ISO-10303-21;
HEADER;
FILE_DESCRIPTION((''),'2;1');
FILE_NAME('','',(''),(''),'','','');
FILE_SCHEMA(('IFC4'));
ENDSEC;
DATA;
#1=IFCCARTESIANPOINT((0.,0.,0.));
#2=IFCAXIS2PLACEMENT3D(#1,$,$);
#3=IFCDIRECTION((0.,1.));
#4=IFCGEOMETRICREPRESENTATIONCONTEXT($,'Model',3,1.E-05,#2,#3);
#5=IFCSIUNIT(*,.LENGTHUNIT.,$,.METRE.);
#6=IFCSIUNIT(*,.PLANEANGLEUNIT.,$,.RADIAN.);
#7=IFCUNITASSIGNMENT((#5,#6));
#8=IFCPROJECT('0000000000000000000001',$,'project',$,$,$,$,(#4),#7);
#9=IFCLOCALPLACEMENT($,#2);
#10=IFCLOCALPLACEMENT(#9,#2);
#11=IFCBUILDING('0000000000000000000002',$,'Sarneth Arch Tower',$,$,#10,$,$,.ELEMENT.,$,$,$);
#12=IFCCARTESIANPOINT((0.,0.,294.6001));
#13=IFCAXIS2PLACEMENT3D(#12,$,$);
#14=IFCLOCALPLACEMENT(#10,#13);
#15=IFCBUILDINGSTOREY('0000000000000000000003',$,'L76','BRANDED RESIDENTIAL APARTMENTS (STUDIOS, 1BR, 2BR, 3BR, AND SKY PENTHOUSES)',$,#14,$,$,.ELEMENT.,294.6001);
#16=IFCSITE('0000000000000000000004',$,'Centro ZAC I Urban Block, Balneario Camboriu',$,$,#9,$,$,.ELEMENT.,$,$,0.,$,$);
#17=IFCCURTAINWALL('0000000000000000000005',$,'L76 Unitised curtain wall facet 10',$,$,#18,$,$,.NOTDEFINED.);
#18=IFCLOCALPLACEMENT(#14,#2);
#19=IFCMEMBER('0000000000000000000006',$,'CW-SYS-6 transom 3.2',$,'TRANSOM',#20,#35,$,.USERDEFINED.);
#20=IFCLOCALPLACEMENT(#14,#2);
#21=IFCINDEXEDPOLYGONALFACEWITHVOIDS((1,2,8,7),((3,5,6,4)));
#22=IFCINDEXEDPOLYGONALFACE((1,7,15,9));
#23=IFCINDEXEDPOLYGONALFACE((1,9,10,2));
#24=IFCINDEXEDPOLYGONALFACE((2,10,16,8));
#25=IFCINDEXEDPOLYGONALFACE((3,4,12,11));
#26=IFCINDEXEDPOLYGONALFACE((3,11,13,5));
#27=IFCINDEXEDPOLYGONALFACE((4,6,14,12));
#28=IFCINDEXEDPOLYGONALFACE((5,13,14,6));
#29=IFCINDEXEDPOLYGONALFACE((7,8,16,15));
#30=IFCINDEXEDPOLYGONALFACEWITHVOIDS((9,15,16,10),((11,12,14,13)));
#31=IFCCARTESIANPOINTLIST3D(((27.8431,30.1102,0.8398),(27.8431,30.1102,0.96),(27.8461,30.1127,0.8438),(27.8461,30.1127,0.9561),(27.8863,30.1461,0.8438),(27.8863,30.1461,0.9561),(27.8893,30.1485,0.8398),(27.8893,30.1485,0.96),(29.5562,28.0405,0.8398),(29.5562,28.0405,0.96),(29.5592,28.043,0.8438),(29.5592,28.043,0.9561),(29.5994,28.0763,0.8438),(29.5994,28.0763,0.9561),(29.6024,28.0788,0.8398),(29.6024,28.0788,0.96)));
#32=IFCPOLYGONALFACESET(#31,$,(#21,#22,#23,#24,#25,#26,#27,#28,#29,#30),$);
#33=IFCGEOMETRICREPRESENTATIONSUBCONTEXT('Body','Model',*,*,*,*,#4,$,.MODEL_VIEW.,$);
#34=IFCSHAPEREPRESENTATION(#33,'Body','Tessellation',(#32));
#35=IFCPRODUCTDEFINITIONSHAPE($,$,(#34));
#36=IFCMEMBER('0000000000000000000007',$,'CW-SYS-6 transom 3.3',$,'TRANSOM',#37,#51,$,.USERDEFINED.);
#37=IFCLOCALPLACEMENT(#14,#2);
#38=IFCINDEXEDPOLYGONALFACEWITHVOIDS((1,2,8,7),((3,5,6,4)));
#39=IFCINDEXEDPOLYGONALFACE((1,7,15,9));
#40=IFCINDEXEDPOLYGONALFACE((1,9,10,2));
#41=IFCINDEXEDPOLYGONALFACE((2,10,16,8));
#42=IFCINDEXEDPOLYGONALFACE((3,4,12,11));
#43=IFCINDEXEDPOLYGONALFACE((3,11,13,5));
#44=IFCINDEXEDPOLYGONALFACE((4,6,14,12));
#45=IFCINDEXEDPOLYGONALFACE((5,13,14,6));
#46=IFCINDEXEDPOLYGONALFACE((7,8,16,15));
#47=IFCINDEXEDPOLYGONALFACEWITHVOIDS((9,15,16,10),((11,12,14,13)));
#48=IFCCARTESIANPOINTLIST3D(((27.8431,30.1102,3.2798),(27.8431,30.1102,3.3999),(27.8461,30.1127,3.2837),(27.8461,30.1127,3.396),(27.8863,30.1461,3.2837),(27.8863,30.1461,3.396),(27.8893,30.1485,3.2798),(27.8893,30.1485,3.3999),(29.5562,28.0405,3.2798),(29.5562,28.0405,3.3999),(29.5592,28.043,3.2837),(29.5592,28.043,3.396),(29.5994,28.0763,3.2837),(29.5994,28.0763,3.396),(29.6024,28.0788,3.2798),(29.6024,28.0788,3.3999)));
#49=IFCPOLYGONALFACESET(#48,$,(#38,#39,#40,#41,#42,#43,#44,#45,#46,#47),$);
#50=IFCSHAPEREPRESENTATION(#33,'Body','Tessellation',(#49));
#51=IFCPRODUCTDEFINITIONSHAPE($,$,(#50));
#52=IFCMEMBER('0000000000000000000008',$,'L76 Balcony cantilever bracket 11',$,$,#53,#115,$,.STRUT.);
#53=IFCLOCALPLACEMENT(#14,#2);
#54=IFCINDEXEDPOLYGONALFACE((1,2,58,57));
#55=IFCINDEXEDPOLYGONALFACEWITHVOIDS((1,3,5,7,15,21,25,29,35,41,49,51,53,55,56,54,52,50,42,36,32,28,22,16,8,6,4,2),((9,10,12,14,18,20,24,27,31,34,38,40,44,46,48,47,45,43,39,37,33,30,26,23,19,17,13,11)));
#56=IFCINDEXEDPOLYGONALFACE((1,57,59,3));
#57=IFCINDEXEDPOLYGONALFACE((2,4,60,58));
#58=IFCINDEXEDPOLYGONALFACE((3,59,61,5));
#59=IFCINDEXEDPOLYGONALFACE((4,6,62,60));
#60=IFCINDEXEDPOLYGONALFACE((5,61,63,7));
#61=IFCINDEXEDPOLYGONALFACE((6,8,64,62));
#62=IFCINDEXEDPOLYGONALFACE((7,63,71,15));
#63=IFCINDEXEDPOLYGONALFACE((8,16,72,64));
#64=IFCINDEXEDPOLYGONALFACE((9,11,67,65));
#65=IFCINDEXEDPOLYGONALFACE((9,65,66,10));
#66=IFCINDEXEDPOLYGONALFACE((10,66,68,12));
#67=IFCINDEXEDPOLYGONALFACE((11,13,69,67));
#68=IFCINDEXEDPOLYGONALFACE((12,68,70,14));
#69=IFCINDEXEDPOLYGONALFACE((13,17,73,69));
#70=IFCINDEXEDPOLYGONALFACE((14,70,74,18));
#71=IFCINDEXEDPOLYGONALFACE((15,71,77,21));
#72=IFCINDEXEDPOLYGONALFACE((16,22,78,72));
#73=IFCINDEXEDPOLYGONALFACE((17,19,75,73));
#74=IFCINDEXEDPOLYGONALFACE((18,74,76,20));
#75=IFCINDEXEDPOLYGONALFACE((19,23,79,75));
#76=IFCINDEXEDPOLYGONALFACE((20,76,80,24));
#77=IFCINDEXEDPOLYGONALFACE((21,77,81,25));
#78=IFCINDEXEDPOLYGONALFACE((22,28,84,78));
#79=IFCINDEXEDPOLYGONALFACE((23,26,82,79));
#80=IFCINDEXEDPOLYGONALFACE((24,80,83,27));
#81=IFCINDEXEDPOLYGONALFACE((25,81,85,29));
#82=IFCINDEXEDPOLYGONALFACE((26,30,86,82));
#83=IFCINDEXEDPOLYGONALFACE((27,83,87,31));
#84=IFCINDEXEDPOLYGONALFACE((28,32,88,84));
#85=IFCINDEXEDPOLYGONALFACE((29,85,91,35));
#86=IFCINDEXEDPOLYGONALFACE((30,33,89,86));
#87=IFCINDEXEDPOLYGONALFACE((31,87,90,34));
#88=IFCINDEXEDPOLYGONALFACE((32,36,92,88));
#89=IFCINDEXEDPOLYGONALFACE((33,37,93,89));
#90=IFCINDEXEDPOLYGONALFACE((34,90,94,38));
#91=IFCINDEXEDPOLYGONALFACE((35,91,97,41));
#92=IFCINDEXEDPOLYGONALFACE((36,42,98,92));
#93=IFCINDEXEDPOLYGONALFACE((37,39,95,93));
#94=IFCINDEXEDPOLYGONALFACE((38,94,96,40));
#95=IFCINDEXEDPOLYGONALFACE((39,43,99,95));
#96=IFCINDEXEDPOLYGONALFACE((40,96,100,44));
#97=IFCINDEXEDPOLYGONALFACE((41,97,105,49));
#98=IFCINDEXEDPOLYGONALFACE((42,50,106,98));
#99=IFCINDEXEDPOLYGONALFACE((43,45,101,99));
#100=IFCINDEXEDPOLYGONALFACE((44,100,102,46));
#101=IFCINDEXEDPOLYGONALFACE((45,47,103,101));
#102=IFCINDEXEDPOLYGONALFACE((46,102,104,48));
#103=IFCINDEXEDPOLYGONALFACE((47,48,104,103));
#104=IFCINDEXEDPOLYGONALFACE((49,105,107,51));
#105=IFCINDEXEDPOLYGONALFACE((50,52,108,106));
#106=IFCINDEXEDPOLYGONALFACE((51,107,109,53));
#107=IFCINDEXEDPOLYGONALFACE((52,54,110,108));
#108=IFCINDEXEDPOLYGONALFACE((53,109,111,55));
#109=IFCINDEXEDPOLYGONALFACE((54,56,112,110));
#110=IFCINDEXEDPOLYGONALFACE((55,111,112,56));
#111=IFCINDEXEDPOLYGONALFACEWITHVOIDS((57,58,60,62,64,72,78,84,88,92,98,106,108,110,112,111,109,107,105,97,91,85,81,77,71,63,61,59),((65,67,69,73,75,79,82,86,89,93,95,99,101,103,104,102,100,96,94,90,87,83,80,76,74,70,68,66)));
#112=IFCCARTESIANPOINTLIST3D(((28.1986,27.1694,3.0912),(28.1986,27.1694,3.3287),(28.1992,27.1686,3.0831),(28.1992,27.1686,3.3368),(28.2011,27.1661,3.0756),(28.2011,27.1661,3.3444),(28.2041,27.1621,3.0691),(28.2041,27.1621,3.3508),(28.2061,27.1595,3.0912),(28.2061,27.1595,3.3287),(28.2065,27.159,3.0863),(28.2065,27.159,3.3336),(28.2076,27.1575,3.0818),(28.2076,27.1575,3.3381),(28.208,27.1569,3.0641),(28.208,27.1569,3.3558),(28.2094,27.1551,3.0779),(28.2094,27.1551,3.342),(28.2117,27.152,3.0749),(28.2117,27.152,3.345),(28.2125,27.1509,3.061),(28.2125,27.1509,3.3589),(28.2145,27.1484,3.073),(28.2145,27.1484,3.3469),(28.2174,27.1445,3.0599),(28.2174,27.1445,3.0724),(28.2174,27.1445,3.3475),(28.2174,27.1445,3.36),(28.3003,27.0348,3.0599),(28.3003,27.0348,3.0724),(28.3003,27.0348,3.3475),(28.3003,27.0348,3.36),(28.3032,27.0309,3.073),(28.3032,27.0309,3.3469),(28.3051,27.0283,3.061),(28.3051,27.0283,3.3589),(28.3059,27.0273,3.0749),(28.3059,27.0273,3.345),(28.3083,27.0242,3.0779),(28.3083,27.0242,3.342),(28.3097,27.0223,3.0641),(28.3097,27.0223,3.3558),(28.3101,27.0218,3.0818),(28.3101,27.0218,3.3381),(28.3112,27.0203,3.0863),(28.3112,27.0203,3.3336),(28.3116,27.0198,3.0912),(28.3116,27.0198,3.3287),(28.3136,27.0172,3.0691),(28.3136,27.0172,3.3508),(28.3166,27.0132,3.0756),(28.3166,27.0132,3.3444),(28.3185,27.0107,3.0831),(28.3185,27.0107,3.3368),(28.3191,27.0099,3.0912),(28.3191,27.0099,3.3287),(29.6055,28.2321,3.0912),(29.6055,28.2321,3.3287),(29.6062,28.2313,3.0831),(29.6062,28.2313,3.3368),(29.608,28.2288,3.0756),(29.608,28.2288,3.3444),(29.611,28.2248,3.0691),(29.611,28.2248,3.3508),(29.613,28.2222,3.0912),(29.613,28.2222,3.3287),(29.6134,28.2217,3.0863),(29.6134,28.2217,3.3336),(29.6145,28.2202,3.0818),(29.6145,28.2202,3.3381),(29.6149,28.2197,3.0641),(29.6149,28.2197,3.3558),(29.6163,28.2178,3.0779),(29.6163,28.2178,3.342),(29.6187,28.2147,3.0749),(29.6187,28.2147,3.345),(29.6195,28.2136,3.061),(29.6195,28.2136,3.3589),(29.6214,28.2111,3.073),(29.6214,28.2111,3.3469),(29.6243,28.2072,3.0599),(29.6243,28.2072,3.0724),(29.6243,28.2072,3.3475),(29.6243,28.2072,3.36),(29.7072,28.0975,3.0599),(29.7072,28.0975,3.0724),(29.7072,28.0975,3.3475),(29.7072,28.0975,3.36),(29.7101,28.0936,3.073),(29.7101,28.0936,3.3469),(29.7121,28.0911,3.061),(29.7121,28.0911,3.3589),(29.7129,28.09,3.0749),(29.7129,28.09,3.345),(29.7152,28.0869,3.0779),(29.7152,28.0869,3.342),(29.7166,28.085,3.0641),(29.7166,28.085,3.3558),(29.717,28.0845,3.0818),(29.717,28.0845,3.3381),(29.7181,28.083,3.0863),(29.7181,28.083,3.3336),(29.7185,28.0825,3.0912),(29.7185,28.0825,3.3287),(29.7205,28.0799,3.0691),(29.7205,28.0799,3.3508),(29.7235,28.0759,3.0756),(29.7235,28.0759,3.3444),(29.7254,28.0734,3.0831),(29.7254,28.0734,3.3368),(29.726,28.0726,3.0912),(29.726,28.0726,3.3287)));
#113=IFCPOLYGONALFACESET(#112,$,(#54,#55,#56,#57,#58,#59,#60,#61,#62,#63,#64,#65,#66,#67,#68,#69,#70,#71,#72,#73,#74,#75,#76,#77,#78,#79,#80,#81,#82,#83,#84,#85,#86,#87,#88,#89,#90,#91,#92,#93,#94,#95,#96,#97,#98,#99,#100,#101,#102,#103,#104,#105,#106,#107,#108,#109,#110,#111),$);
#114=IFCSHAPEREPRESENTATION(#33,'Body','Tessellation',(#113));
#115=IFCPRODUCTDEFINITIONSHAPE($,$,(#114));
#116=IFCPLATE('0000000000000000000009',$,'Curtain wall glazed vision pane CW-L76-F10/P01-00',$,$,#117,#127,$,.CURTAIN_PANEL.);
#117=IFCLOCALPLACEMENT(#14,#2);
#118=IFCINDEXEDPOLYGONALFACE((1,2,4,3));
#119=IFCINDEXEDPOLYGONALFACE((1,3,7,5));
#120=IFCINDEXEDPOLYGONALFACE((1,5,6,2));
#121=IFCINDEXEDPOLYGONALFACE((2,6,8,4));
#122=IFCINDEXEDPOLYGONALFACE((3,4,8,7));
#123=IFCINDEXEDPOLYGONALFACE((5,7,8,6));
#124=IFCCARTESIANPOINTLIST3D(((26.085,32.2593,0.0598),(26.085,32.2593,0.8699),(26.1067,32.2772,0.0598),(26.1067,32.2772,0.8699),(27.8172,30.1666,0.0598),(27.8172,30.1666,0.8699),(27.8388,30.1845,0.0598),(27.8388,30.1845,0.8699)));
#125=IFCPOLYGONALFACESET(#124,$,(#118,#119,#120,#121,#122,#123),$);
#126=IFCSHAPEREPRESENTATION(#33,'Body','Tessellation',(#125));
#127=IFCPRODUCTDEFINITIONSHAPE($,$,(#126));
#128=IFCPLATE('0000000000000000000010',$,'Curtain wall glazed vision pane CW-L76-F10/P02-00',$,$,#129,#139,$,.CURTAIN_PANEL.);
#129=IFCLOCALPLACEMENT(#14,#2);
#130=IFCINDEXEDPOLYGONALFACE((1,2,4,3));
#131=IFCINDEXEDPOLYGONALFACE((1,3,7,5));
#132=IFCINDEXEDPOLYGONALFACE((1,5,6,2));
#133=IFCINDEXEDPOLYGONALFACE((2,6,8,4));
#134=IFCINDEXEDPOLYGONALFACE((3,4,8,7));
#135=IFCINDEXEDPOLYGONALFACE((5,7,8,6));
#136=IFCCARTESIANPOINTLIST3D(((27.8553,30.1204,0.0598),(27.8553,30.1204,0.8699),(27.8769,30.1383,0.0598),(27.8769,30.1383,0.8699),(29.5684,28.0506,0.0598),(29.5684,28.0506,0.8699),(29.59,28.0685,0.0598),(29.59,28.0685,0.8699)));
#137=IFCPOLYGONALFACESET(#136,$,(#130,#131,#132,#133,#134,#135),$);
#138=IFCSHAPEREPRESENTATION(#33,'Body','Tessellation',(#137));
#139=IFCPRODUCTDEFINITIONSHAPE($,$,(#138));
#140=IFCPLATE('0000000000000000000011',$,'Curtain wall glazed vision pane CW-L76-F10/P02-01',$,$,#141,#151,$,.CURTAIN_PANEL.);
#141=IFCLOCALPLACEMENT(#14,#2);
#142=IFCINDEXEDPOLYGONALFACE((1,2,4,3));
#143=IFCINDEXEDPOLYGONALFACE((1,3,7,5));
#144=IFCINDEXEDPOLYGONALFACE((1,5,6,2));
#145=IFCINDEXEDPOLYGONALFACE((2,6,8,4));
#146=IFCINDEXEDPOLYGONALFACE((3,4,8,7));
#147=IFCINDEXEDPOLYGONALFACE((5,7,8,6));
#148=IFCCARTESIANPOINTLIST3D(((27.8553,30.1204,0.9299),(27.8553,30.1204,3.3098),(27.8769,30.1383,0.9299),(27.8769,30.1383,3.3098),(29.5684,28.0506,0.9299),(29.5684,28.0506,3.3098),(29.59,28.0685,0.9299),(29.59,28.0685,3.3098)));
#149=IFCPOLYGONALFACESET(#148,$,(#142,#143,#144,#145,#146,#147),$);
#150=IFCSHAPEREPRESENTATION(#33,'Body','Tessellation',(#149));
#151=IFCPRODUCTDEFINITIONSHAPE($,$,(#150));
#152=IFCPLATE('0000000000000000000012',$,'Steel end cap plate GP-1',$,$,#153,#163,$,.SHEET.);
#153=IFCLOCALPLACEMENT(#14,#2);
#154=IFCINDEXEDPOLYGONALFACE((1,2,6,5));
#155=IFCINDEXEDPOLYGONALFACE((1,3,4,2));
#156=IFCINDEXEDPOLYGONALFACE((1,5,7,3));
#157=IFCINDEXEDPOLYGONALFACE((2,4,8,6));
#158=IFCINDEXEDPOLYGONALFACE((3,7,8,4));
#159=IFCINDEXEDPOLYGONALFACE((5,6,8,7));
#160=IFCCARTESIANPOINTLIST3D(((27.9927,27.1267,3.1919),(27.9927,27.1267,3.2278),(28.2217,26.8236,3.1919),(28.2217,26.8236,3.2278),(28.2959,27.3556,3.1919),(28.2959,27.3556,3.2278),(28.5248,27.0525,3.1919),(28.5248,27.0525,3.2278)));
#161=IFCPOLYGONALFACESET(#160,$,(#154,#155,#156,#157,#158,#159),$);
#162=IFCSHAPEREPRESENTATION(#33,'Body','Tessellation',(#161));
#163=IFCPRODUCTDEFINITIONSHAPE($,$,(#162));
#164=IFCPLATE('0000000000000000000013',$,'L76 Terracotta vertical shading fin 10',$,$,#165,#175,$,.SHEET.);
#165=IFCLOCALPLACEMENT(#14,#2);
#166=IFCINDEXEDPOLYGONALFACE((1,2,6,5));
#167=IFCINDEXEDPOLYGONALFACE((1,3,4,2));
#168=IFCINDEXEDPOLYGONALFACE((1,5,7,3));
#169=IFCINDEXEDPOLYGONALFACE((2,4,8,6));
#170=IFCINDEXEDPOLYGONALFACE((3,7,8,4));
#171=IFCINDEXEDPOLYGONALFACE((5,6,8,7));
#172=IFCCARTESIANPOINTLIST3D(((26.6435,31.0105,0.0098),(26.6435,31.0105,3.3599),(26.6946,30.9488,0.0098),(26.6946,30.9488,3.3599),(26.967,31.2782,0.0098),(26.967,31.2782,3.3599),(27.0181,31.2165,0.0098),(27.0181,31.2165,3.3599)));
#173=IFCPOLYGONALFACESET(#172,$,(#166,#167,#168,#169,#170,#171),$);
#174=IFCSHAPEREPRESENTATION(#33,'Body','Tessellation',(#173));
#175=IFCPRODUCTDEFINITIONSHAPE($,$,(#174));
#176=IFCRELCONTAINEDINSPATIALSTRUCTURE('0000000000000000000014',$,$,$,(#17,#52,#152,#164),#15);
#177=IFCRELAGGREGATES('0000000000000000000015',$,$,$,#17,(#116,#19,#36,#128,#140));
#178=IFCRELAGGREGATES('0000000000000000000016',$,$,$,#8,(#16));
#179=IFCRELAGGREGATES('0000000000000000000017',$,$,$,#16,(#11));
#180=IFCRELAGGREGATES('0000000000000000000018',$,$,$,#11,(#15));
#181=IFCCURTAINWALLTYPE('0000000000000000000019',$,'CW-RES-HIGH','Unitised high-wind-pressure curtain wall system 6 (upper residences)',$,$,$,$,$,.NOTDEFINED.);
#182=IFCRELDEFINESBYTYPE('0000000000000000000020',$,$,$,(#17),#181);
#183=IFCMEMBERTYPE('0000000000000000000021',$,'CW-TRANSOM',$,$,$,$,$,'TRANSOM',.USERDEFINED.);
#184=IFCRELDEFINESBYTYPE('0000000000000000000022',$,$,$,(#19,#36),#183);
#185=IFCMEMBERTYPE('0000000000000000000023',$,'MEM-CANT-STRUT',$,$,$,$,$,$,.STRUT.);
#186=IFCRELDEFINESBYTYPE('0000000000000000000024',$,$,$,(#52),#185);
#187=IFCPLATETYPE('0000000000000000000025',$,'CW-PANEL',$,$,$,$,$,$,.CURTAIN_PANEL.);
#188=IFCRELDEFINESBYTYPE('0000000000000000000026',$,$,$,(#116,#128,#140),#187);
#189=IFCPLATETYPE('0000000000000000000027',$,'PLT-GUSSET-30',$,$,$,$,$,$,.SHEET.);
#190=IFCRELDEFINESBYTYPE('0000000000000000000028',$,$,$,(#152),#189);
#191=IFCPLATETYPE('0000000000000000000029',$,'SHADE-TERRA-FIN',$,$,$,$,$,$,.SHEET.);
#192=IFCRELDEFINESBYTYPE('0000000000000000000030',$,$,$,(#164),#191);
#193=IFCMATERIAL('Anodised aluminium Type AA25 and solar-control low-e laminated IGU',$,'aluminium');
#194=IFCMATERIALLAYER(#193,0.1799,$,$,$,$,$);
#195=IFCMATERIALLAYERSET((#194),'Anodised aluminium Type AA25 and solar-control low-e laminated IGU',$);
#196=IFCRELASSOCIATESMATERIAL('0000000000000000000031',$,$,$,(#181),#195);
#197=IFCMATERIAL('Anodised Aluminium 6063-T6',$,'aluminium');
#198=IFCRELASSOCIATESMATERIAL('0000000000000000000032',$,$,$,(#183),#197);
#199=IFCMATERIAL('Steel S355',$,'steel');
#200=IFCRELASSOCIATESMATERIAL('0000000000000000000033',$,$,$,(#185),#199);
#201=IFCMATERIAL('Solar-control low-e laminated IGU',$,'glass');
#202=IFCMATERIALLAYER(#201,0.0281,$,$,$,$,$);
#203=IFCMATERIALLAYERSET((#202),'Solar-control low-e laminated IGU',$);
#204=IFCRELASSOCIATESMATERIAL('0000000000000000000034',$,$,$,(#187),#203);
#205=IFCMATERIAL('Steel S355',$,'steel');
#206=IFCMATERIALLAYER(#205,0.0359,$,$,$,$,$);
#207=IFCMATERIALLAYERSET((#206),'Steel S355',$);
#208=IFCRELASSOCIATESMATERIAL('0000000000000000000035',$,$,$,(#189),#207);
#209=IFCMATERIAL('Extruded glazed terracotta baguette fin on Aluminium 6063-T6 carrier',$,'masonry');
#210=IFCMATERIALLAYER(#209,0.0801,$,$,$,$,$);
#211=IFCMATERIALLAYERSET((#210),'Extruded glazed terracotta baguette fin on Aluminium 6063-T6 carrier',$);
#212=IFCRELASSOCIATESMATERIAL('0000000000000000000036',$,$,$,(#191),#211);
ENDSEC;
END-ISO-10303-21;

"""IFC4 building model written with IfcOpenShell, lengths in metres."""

from ifc_helpers import new_model, si_unit, direction, frame, origin, origin_2d, place, context, subcontext, project, spatial, rectangle, hollow_rectangle, extrude, material, layer, layer_set, material_profile, profile_set, type_object, element, aggregate, save


model = new_model("IFC4")

# Units and contexts
model_context = context("Model", 3, precision=1e-05, world=origin(), true_north=direction((0.0, 1.0)))
body_context = subcontext(model_context, "Body", "Model", "MODEL_VIEW")
ifc_project = project(units=[si_unit("LENGTHUNIT", "METRE"), si_unit("PLANEANGLEUNIT", "RADIAN")], contexts=[model_context])

# Site, building, storey
site_placement = place(None, origin())
site = spatial("IfcSite", under=ifc_project, at=site_placement, Name="Centro ZAC I Urban Block, Balneario Camboriu", CompositionType="ELEMENT", RefElevation=0.0)
building_placement = place(site_placement, origin())
building = spatial("IfcBuilding", under=site, at=building_placement, Name="Sarneth Arch Tower", CompositionType="ELEMENT")
storey_placement = place(building_placement, frame((0.0, 0.0, 294.6001)))
storey = spatial("IfcBuildingStorey", under=building, at=storey_placement, Name="L76", Description="BRANDED RESIDENTIAL APARTMENTS (STUDIOS, 1BR, 2BR, 3BR, AND SKY PENTHOUSES)", CompositionType="ELEMENT", Elevation=294.6001)

# Curtain wall, members
ifc_material_1 = material(Name="Anodised aluminium Type AA25 and solar-control low-e laminated IGU", Category="aluminium")
ifc_layer_1 = layer(ifc_material_1, 0.1799)
ifc_layer_set_1 = layer_set([ifc_layer_1], Name="Anodised aluminium Type AA25 and solar-control low-e laminated IGU")
curtain_wall_type = type_object("IfcCurtainWallType", Name="CW-RES-HIGH", Description="Unitised high-wind-pressure curtain wall system 6 (upper residences)", PredefinedType="NOTDEFINED", material=ifc_layer_set_1)
curtain_wall_placement = place(storey_placement, origin())
curtain_wall = element("IfcCurtainWall", 1, at=curtain_wall_placement, inside=storey, type_object=curtain_wall_type, Name="L76 Unitised curtain wall facet 10", PredefinedType="NOTDEFINED")
ifc_material_2 = material(Name="Anodised Aluminium 6063-T6", Category="aluminium")
ifc_material_profile_1 = material_profile(ifc_material_2, hollow_rectangle(XDim=0.0601, YDim=0.1201, WallThickness=0.0039, at=origin_2d()), Name="AL-TRAN-120x60x4")
ifc_profile_set_1 = profile_set([ifc_material_profile_1], Name="Anodised Aluminium 6063-T6")
member_type_1 = type_object("IfcMemberType", Name="CW-TRANSOM", ElementType="TRANSOM", PredefinedType="USERDEFINED", material=ifc_profile_set_1)
member_1_placement = place(storey_placement, frame((27.8662, 30.1294, 0.8999), z_axis=(0.637607, -0.770362, 0.0), x_axis=(0.770362, 0.637607, 0.0)))
member_1 = element("IfcMember", 2, at=member_1_placement, type_object=member_type_1, Name="CW-SYS-6 transom 3.2", ObjectType="TRANSOM", PredefinedType="USERDEFINED", context=body_context, shape_type="SweptSolid", body=[
    extrude(hollow_rectangle(XDim=0.0601, YDim=0.1201, WallThickness=0.0039, at=origin_2d()), origin(), (0.0, 0.0, 1.0), 2.6868),
])
member_2_placement = place(storey_placement, frame((27.8662, 30.1294, 3.3398), z_axis=(0.637607, -0.770362, 0.0), x_axis=(0.770362, 0.637607, 0.0)))
member_2 = element("IfcMember", 3, at=member_2_placement, type_object=member_type_1, Name="CW-SYS-6 transom 3.3", ObjectType="TRANSOM", PredefinedType="USERDEFINED", context=body_context, shape_type="SweptSolid", body=[
    extrude(hollow_rectangle(XDim=0.0601, YDim=0.1201, WallThickness=0.0039, at=origin_2d()), origin(), (0.0, 0.0, 1.0), 2.6868),
])

# Member
ifc_material_3 = material(Name="Steel S355", Category="steel")
ifc_material_profile_2 = material_profile(ifc_material_3, hollow_rectangle(XDim=0.2, YDim=0.3, WallThickness=0.0125, InnerFilletRadius=0.0188, OuterFilletRadius=0.0312, at=origin_2d()), Name="RHS300x200x12.5")
ifc_profile_set_2 = profile_set([ifc_material_profile_2], Name="Steel S355")
member_type_2 = type_object("IfcMemberType", Name="MEM-CANT-STRUT", PredefinedType="STRUT", material=ifc_profile_set_2)
member_3_placement = place(storey_placement, frame((29.6658, 28.1523, 3.21), z_axis=(-0.797952, -0.602721, 0.0), x_axis=(0.602721, -0.797952, 0.0)))
element("IfcMember", 4, at=member_3_placement, inside=storey, type_object=member_type_2, Name="L76 Balcony cantilever bracket 11", PredefinedType="STRUT", context=body_context, shape_type="SweptSolid", body=[
    extrude(hollow_rectangle(XDim=0.2, YDim=0.3, WallThickness=0.0125, InnerFilletRadius=0.0188, OuterFilletRadius=0.0312, at=origin_2d()), origin(), (0.0, 0.0, 1.0), 1.7632),
])

# Plates
ifc_material_4 = material(Name="Solar-control low-e laminated IGU", Category="glass")
ifc_layer_2 = layer(ifc_material_4, 0.0281)
ifc_layer_set_2 = layer_set([ifc_layer_2], Name="Solar-control low-e laminated IGU")
plate_type_1 = type_object("IfcPlateType", Name="CW-PANEL", PredefinedType="CURTAIN_PANEL", material=ifc_layer_set_2)
plate_1_placement = place(storey_placement, frame((26.9619, 31.2219, 0.0598), z_axis=(0.0, 0.0, 1.0), x_axis=(0.63761, -0.770359, 0.0)))
plate_1 = element("IfcPlate", 5, at=plate_1_placement, type_object=plate_type_1, Name="Curtain wall glazed vision pane CW-L76-F10/P01-00", PredefinedType="CURTAIN_PANEL", context=body_context, shape_type="SweptSolid", body=[
    extrude(rectangle(XDim=2.7166, YDim=0.0281, at=origin_2d()), origin(), (0.0, 0.0, 1.0), 0.8101),
])
plate_2_placement = place(storey_placement, frame((28.7227, 29.0945, 0.0598), z_axis=(0.0, 0.0, 1.0), x_axis=(0.63761, -0.770359, 0.0)))
plate_2 = element("IfcPlate", 6, at=plate_2_placement, type_object=plate_type_1, Name="Curtain wall glazed vision pane CW-L76-F10/P02-00", PredefinedType="CURTAIN_PANEL", context=body_context, shape_type="SweptSolid", body=[
    extrude(rectangle(XDim=2.6868, YDim=0.0281, at=origin_2d()), origin(), (0.0, 0.0, 1.0), 0.8101),
])
plate_3_placement = place(storey_placement, frame((28.7227, 29.0945, 0.9299), z_axis=(0.0, 0.0, 1.0), x_axis=(0.63761, -0.770359, 0.0)))
plate_3 = element("IfcPlate", 7, at=plate_3_placement, type_object=plate_type_1, Name="Curtain wall glazed vision pane CW-L76-F10/P02-01", PredefinedType="CURTAIN_PANEL", context=body_context, shape_type="SweptSolid", body=[
    extrude(rectangle(XDim=2.6868, YDim=0.0281, at=origin_2d()), origin(), (0.0, 0.0, 1.0), 2.3799),
])
aggregate(curtain_wall, [plate_1, member_1, member_2, plate_2, plate_3])

# Plates
ifc_material_5 = material(Name="Steel S355", Category="steel")
ifc_layer_3 = layer(ifc_material_5, 0.0359)
ifc_layer_set_3 = layer_set([ifc_layer_3], Name="Steel S355")
plate_type_2 = type_object("IfcPlateType", Name="PLT-GUSSET-30", PredefinedType="SHEET", material=ifc_layer_set_3)
plate_4_placement = place(storey_placement, frame((28.2588, 27.0896, 3.1919), z_axis=(0.0, 0.0, 1.0), x_axis=(-0.798005, -0.602651, 0.0)))
element("IfcPlate", 8, at=plate_4_placement, inside=storey, type_object=plate_type_2, Name="Steel end cap plate GP-1", PredefinedType="SHEET", context=body_context, shape_type="SweptSolid", body=[
    extrude(rectangle(XDim=0.3799, YDim=0.3799, at=origin_2d()), origin(), (0.0, 0.0, 1.0), 0.0359),
])
ifc_material_6 = material(Name="Extruded glazed terracotta baguette fin on Aluminium 6063-T6 carrier", Category="masonry")
ifc_layer_4 = layer(ifc_material_6, 0.0801)
ifc_layer_set_4 = layer_set([ifc_layer_4], Name="Extruded glazed terracotta baguette fin on Aluminium 6063-T6 carrier")
plate_type_3 = type_object("IfcPlateType", Name="SHADE-TERRA-FIN", PredefinedType="SHEET", material=ifc_layer_set_4)
plate_5_placement = place(storey_placement, frame((26.8308, 31.1135, 0.0098), z_axis=(0.0, 0.0, 1.0), x_axis=(-0.770402, -0.637558, 0.0)))
element("IfcPlate", 9, at=plate_5_placement, inside=storey, type_object=plate_type_3, Name="L76 Terracotta vertical shading fin 10", PredefinedType="SHEET", context=body_context, shape_type="SweptSolid", body=[
    extrude(rectangle(XDim=0.4199, YDim=0.0801, at=origin_2d()), origin(), (0.0, 0.0, 1.0), 3.3501),
])

save(model, "model.ifc")
